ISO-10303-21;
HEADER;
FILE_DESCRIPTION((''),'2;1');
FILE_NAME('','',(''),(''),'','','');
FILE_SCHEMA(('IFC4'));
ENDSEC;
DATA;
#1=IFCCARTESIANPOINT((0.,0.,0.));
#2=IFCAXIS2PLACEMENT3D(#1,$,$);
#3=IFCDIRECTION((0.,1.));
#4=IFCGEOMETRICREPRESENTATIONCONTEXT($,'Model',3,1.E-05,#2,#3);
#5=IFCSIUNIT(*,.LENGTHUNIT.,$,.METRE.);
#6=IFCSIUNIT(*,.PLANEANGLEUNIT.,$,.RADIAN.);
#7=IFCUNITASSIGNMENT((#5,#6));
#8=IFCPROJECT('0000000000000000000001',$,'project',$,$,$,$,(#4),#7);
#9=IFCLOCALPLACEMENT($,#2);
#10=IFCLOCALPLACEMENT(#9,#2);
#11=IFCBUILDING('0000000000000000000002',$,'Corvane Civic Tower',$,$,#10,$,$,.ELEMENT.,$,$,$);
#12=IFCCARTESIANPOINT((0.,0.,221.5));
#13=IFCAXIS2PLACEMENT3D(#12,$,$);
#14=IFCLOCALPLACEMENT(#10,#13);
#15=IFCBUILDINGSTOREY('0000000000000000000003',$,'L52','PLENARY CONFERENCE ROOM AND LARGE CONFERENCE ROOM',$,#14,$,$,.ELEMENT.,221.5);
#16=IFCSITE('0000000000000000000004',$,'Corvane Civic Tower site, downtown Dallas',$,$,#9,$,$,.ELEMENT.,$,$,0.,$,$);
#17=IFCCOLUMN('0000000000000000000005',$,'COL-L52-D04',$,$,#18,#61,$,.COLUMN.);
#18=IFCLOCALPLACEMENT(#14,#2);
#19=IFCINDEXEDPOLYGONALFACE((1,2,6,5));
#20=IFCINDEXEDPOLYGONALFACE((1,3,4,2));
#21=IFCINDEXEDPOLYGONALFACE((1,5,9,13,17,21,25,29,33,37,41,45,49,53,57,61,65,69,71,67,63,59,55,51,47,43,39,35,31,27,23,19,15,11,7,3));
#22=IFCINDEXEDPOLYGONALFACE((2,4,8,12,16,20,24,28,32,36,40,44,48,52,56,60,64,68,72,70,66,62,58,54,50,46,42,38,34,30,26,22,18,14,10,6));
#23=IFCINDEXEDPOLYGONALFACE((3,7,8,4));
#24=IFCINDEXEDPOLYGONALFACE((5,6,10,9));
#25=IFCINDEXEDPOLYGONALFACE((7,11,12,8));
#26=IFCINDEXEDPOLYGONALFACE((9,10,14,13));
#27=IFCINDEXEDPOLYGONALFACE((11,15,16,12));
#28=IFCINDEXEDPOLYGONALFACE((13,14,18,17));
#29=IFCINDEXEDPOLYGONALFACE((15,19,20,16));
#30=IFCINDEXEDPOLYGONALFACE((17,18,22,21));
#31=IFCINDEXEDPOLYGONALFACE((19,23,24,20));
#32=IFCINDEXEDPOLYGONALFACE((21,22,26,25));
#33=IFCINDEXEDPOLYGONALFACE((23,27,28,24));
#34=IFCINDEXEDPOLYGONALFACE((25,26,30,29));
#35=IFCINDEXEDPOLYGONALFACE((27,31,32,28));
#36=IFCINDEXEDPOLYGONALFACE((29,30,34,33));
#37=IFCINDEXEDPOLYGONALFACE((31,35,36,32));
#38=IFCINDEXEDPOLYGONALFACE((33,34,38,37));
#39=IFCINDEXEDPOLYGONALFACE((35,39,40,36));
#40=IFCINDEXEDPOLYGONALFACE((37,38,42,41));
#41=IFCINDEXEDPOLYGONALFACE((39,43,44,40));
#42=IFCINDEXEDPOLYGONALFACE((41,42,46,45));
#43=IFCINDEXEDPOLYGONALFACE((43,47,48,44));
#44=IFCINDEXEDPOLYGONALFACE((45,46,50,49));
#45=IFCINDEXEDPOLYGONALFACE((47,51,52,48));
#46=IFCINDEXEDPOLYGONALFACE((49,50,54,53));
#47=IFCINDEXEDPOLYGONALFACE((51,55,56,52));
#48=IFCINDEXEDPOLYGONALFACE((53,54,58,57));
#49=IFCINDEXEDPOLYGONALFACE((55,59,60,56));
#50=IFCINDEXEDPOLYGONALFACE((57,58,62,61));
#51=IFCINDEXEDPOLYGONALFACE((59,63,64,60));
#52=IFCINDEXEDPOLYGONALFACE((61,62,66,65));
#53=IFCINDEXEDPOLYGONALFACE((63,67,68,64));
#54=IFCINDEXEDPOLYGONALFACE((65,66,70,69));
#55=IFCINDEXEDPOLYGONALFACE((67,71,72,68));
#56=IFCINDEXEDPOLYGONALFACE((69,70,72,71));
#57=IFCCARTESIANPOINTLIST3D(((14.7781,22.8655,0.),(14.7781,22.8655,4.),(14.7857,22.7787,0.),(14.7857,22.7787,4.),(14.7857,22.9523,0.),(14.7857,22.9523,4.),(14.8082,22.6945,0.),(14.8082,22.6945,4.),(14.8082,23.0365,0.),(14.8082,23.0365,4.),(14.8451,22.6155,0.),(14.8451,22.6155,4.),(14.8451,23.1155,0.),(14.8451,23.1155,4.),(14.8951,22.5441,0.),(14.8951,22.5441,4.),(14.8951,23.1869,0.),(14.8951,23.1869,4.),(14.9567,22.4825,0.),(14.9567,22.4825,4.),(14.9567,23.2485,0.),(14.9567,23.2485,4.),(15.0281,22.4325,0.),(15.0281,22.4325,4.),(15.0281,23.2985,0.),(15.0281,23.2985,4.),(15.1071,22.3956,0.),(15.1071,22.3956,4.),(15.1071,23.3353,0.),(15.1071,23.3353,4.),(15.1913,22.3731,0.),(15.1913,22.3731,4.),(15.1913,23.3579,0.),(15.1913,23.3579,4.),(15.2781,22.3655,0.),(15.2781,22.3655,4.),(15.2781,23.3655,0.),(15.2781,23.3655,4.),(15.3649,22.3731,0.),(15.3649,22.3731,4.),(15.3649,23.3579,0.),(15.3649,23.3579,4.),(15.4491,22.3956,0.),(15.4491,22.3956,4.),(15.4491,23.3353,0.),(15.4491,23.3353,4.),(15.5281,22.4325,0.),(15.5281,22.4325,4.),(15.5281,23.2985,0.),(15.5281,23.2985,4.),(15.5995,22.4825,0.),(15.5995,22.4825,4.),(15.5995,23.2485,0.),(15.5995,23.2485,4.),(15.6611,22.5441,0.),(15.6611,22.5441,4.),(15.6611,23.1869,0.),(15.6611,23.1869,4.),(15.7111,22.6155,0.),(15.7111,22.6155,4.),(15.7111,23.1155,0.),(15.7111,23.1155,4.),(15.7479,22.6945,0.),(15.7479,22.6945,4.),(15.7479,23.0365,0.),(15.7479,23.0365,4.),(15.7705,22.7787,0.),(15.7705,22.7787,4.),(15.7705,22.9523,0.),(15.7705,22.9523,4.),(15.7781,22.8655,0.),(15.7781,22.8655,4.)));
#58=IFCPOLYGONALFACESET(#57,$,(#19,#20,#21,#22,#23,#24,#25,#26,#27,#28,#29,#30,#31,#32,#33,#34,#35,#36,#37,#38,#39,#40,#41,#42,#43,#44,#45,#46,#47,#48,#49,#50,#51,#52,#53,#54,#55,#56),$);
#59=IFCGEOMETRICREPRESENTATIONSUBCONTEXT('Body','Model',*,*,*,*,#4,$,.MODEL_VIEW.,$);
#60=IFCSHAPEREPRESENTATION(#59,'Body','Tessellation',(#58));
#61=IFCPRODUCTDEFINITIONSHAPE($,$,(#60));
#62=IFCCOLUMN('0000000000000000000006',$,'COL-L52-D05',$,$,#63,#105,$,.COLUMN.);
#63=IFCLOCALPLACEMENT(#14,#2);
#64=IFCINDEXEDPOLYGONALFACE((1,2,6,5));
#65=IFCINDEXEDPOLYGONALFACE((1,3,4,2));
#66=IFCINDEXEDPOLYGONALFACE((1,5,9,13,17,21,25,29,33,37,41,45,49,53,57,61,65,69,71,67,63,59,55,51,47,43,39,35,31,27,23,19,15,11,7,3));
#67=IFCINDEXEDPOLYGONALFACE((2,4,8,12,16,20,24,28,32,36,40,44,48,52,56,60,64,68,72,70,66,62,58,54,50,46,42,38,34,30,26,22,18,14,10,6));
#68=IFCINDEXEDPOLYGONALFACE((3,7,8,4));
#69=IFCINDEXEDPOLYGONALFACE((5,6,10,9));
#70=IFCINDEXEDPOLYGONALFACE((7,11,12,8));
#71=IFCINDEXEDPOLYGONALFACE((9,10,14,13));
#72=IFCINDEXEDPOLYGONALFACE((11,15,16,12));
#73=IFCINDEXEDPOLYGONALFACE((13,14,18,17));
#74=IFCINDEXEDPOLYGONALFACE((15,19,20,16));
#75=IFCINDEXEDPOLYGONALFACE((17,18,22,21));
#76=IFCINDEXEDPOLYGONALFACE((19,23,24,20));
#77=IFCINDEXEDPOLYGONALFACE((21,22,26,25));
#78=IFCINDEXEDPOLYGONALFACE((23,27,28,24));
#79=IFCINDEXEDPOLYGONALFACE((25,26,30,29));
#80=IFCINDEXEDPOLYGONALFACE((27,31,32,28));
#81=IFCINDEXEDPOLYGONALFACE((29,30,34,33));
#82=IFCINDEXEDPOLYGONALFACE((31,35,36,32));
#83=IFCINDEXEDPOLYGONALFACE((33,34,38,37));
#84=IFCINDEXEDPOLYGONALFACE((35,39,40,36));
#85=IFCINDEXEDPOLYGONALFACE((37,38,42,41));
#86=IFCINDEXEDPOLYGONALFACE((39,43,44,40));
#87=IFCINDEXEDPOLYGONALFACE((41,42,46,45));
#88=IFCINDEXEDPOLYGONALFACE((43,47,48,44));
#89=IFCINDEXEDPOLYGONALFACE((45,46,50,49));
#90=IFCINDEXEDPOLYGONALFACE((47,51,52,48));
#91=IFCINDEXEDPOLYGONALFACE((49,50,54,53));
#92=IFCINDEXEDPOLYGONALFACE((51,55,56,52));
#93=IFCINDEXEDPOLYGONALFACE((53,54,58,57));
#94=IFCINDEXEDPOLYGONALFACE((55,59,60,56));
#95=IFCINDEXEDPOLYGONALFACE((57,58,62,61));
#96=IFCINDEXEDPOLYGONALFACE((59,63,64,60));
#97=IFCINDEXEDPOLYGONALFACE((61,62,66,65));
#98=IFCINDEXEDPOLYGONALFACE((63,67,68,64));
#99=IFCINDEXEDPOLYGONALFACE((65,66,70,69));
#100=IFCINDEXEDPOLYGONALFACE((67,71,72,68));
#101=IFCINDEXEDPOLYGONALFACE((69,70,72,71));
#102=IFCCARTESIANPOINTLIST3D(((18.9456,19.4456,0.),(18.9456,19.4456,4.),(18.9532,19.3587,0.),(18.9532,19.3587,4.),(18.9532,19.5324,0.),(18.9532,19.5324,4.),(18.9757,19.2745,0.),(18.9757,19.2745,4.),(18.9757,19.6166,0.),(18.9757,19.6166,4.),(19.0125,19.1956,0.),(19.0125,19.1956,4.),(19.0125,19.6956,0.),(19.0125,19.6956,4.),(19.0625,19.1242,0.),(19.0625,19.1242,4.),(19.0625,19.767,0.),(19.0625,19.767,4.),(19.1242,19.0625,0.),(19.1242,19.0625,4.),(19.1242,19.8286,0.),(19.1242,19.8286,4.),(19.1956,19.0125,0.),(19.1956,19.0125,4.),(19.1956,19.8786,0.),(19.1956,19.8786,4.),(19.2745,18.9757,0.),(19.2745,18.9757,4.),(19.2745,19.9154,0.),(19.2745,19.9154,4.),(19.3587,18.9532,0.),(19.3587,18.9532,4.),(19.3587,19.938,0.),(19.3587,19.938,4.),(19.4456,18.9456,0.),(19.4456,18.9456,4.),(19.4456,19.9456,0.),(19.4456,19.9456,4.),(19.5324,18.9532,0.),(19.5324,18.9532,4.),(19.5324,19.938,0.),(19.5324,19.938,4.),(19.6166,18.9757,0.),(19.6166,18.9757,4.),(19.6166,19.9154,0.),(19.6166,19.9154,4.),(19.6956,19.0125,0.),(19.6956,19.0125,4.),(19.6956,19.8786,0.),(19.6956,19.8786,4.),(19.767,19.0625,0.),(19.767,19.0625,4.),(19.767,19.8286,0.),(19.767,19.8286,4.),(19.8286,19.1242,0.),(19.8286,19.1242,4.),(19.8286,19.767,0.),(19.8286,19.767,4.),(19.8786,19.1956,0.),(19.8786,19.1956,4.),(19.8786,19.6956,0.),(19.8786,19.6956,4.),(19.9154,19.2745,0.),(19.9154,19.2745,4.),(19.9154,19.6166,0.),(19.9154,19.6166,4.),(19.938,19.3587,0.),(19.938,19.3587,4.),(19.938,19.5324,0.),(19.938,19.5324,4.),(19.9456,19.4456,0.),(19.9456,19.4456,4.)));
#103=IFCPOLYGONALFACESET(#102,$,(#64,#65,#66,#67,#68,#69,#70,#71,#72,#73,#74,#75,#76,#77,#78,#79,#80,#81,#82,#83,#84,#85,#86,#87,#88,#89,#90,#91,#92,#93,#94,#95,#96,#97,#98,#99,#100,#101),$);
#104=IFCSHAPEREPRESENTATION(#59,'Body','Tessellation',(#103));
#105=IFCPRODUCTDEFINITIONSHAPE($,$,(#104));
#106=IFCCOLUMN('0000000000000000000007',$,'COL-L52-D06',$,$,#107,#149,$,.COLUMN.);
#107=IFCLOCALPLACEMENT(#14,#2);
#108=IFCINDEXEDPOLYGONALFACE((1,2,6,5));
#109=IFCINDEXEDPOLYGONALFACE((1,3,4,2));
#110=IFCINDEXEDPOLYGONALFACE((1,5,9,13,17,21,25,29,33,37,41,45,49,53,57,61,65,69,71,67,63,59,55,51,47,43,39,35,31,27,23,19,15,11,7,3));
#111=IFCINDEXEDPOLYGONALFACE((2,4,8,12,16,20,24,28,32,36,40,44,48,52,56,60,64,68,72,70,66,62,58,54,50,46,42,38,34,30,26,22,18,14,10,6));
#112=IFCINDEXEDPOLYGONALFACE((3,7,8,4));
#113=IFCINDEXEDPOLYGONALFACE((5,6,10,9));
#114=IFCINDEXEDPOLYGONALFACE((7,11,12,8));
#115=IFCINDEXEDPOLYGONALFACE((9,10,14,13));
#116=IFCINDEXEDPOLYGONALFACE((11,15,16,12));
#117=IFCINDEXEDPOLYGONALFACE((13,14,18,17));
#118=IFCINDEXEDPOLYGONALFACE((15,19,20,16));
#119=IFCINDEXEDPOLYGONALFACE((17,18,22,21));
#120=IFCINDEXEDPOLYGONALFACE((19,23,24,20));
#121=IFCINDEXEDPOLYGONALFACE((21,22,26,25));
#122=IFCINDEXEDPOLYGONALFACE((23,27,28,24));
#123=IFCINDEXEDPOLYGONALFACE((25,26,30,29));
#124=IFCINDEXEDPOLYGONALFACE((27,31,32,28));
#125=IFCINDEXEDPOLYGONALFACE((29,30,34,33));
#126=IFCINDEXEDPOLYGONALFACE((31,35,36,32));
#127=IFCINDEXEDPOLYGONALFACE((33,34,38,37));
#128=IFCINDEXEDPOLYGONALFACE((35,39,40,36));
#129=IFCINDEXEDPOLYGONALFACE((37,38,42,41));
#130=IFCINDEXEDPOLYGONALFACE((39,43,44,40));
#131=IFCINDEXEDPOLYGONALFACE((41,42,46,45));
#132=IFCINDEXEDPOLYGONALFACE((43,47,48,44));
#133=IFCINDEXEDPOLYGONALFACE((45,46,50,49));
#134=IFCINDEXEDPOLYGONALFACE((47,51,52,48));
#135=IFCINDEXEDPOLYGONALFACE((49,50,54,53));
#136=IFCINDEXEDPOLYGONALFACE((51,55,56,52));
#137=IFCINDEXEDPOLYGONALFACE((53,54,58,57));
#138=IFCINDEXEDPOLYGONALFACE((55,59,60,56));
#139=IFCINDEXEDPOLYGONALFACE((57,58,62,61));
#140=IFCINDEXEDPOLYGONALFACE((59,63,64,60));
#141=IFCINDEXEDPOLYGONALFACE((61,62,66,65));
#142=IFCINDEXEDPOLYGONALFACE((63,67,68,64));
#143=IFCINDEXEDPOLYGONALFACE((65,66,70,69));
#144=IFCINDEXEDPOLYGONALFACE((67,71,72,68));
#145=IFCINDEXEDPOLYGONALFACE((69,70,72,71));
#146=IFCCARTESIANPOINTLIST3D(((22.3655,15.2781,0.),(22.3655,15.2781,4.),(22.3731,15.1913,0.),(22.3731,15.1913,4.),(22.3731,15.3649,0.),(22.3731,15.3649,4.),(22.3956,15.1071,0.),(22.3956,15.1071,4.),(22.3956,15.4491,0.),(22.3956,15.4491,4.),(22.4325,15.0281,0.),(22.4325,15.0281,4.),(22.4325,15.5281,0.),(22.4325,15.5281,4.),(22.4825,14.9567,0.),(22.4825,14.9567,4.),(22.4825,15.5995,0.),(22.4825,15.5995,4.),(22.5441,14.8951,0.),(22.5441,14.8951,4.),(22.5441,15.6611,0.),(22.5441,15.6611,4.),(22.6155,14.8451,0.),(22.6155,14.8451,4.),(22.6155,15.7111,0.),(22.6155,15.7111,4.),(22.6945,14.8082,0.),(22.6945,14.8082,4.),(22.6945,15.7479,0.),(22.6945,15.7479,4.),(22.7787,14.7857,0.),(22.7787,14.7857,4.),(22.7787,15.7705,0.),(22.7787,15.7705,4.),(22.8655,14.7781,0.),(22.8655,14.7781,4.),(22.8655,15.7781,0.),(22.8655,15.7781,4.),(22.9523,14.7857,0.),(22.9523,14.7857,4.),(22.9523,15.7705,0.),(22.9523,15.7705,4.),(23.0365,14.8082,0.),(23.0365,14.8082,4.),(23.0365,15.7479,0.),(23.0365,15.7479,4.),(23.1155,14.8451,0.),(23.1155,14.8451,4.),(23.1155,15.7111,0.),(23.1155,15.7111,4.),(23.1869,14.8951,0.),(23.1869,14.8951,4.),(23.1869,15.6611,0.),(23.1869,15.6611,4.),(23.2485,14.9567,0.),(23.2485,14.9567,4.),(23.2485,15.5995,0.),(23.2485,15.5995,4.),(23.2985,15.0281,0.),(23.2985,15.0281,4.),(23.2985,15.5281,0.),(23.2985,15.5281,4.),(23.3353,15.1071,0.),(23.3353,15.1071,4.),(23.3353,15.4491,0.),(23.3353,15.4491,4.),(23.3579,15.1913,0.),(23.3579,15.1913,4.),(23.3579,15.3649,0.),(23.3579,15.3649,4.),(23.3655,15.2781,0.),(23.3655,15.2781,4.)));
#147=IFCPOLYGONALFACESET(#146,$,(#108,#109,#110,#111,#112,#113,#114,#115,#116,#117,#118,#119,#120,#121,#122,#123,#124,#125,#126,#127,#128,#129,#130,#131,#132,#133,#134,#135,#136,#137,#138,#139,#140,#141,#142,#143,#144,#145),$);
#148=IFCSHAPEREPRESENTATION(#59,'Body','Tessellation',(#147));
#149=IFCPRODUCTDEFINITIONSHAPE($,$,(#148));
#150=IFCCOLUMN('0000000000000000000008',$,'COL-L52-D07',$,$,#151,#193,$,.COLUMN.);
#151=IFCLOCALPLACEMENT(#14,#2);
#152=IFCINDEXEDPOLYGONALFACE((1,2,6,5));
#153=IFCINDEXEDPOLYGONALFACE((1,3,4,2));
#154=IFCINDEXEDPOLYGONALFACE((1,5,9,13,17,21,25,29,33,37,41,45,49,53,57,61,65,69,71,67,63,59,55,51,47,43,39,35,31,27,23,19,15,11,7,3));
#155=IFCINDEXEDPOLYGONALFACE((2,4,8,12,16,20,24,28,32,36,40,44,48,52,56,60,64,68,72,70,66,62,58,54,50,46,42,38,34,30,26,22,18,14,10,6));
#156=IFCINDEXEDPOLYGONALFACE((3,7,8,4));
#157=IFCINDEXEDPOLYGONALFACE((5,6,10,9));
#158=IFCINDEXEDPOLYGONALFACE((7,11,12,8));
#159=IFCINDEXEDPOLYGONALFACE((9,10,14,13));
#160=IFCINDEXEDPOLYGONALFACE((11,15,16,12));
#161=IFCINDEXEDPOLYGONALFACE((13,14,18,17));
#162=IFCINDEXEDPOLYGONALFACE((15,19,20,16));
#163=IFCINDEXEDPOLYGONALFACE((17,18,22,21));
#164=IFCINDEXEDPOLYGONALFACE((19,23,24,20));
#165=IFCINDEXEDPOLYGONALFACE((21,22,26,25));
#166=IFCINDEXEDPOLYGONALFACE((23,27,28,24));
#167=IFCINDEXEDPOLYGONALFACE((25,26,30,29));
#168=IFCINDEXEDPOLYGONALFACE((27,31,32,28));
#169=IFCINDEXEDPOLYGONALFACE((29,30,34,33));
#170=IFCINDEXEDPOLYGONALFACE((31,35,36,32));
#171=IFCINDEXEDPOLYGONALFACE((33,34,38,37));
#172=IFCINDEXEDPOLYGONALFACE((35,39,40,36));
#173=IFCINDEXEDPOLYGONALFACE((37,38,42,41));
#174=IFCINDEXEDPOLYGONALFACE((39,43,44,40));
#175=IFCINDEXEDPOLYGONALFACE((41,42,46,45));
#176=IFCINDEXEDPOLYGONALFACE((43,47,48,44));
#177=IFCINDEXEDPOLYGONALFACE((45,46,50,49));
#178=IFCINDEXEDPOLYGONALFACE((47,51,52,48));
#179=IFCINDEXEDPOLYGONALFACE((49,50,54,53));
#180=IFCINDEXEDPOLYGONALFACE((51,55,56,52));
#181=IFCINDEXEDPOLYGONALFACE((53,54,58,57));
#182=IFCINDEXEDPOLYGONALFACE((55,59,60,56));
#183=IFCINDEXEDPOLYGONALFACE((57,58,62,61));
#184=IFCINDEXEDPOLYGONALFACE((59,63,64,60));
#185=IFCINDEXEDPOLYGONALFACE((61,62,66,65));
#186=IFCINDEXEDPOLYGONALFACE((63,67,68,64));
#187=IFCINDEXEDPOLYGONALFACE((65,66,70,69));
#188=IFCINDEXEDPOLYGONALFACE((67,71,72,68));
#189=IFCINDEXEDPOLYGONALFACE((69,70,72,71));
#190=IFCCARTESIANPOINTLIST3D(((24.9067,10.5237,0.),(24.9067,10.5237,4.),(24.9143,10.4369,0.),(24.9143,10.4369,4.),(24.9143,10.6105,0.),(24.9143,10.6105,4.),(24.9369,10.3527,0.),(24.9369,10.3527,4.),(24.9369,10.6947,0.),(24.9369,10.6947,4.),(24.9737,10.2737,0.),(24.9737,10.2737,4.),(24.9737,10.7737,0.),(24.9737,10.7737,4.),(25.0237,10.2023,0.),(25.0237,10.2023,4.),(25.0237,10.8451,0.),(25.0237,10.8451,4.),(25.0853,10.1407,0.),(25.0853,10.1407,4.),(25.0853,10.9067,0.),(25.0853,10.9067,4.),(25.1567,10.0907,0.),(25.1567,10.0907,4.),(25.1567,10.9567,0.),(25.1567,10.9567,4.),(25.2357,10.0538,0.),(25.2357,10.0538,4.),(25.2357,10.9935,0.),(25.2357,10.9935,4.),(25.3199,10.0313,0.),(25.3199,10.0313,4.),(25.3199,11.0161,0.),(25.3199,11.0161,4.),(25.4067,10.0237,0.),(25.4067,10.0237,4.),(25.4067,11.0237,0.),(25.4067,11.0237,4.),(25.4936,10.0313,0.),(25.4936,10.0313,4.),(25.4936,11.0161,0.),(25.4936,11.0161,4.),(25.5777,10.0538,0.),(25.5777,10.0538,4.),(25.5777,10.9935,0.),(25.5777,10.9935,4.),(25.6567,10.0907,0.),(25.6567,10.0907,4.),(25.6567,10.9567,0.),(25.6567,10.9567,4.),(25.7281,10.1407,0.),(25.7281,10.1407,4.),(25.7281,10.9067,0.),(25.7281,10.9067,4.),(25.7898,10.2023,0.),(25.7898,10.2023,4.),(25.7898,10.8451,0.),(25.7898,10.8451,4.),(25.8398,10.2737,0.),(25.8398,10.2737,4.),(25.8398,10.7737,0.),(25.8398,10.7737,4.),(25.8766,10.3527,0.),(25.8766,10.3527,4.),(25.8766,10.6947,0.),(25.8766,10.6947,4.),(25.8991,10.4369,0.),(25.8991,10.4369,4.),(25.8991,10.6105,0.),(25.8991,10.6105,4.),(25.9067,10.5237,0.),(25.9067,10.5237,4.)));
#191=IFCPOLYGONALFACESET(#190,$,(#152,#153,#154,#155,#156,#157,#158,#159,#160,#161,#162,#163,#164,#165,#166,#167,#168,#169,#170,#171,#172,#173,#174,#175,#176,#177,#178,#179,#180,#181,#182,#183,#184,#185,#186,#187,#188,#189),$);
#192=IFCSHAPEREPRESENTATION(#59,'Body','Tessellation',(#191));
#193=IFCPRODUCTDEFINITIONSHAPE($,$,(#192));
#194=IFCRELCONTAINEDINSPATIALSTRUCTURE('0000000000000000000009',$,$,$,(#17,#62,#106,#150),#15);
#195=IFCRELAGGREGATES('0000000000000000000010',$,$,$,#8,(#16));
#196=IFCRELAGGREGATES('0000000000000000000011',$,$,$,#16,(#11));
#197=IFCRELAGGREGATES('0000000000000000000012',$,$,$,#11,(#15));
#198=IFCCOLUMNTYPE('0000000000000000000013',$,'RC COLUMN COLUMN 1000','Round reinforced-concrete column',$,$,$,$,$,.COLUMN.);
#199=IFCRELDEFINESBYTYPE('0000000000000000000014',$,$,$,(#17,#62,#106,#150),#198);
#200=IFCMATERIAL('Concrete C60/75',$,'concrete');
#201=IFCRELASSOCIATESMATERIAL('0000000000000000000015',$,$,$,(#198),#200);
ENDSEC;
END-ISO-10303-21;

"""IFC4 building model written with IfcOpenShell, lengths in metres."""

from ifc_helpers import new_model, si_unit, direction, frame, origin, origin_2d, place, context, subcontext, project, spatial, circle, extrude, material, material_profile, profile_set, type_object, element, save


model = new_model("IFC4")

# Units and contexts
model_context = context("Model", 3, precision=1e-05, world=origin(), true_north=direction((0.0, 1.0)))
body_context = subcontext(model_context, "Body", "Model", "MODEL_VIEW")
ifc_project = project(units=[si_unit("LENGTHUNIT", "METRE"), si_unit("PLANEANGLEUNIT", "RADIAN")], contexts=[model_context])

# Site, building, storey
site_placement = place(None, origin())
site = spatial("IfcSite", under=ifc_project, at=site_placement, Name="Corvane Civic Tower site, downtown Dallas", CompositionType="ELEMENT", RefElevation=0.0)
building_placement = place(site_placement, origin())
building = spatial("IfcBuilding", under=site, at=building_placement, Name="Corvane Civic Tower", CompositionType="ELEMENT")
storey_placement = place(building_placement, frame((0.0, 0.0, 221.5)))
storey = spatial("IfcBuildingStorey", under=building, at=storey_placement, Name="L52", Description="PLENARY CONFERENCE ROOM AND LARGE CONFERENCE ROOM", CompositionType="ELEMENT", Elevation=221.5)

# Columns
ifc_material_1 = material(Name="Concrete C60/75", Category="concrete")
ifc_material_profile_1 = material_profile(ifc_material_1, circle(Radius=0.5, at=origin_2d()), Name="COLUMN 1000")
ifc_profile_set_1 = profile_set([ifc_material_profile_1], Name="Concrete C60/75")
column_type = type_object("IfcColumnType", Name="RC COLUMN COLUMN 1000", Description="Round reinforced-concrete column", PredefinedType="COLUMN", material=ifc_profile_set_1)
for number, where, z_axis, x_axis, name in (
    (1, (15.2781, 22.8655, 0.0), (0.0, 0.0, 1.0), (1.0, 0.0, 0.0), "COL-L52-D04"),
    (2, (19.4456, 19.4456, 0.0), (0.0, 0.0, 1.0), (1.0, 0.0, 0.0), "COL-L52-D05"),
    (3, (22.8655, 15.2781, 0.0), (0.0, 0.0, 1.0), (1.0, 0.0, 0.0), "COL-L52-D06"),
    (4, (25.4067, 10.5237, 0.0), (0.0, 0.0, 1.0), (1.0, 0.0, 0.0), "COL-L52-D07"),
):
    element("IfcColumn", number, at=place(storey_placement, frame(where, z_axis=z_axis, x_axis=x_axis)), inside=storey, type_object=column_type, Name=name, PredefinedType="COLUMN", context=body_context, shape_type="SweptSolid", body=[
        extrude(circle(Radius=0.5, at=origin_2d()), origin(), (0.0, 0.0, 1.0), 4.0),
    ])

save(model, "model.ifc")
